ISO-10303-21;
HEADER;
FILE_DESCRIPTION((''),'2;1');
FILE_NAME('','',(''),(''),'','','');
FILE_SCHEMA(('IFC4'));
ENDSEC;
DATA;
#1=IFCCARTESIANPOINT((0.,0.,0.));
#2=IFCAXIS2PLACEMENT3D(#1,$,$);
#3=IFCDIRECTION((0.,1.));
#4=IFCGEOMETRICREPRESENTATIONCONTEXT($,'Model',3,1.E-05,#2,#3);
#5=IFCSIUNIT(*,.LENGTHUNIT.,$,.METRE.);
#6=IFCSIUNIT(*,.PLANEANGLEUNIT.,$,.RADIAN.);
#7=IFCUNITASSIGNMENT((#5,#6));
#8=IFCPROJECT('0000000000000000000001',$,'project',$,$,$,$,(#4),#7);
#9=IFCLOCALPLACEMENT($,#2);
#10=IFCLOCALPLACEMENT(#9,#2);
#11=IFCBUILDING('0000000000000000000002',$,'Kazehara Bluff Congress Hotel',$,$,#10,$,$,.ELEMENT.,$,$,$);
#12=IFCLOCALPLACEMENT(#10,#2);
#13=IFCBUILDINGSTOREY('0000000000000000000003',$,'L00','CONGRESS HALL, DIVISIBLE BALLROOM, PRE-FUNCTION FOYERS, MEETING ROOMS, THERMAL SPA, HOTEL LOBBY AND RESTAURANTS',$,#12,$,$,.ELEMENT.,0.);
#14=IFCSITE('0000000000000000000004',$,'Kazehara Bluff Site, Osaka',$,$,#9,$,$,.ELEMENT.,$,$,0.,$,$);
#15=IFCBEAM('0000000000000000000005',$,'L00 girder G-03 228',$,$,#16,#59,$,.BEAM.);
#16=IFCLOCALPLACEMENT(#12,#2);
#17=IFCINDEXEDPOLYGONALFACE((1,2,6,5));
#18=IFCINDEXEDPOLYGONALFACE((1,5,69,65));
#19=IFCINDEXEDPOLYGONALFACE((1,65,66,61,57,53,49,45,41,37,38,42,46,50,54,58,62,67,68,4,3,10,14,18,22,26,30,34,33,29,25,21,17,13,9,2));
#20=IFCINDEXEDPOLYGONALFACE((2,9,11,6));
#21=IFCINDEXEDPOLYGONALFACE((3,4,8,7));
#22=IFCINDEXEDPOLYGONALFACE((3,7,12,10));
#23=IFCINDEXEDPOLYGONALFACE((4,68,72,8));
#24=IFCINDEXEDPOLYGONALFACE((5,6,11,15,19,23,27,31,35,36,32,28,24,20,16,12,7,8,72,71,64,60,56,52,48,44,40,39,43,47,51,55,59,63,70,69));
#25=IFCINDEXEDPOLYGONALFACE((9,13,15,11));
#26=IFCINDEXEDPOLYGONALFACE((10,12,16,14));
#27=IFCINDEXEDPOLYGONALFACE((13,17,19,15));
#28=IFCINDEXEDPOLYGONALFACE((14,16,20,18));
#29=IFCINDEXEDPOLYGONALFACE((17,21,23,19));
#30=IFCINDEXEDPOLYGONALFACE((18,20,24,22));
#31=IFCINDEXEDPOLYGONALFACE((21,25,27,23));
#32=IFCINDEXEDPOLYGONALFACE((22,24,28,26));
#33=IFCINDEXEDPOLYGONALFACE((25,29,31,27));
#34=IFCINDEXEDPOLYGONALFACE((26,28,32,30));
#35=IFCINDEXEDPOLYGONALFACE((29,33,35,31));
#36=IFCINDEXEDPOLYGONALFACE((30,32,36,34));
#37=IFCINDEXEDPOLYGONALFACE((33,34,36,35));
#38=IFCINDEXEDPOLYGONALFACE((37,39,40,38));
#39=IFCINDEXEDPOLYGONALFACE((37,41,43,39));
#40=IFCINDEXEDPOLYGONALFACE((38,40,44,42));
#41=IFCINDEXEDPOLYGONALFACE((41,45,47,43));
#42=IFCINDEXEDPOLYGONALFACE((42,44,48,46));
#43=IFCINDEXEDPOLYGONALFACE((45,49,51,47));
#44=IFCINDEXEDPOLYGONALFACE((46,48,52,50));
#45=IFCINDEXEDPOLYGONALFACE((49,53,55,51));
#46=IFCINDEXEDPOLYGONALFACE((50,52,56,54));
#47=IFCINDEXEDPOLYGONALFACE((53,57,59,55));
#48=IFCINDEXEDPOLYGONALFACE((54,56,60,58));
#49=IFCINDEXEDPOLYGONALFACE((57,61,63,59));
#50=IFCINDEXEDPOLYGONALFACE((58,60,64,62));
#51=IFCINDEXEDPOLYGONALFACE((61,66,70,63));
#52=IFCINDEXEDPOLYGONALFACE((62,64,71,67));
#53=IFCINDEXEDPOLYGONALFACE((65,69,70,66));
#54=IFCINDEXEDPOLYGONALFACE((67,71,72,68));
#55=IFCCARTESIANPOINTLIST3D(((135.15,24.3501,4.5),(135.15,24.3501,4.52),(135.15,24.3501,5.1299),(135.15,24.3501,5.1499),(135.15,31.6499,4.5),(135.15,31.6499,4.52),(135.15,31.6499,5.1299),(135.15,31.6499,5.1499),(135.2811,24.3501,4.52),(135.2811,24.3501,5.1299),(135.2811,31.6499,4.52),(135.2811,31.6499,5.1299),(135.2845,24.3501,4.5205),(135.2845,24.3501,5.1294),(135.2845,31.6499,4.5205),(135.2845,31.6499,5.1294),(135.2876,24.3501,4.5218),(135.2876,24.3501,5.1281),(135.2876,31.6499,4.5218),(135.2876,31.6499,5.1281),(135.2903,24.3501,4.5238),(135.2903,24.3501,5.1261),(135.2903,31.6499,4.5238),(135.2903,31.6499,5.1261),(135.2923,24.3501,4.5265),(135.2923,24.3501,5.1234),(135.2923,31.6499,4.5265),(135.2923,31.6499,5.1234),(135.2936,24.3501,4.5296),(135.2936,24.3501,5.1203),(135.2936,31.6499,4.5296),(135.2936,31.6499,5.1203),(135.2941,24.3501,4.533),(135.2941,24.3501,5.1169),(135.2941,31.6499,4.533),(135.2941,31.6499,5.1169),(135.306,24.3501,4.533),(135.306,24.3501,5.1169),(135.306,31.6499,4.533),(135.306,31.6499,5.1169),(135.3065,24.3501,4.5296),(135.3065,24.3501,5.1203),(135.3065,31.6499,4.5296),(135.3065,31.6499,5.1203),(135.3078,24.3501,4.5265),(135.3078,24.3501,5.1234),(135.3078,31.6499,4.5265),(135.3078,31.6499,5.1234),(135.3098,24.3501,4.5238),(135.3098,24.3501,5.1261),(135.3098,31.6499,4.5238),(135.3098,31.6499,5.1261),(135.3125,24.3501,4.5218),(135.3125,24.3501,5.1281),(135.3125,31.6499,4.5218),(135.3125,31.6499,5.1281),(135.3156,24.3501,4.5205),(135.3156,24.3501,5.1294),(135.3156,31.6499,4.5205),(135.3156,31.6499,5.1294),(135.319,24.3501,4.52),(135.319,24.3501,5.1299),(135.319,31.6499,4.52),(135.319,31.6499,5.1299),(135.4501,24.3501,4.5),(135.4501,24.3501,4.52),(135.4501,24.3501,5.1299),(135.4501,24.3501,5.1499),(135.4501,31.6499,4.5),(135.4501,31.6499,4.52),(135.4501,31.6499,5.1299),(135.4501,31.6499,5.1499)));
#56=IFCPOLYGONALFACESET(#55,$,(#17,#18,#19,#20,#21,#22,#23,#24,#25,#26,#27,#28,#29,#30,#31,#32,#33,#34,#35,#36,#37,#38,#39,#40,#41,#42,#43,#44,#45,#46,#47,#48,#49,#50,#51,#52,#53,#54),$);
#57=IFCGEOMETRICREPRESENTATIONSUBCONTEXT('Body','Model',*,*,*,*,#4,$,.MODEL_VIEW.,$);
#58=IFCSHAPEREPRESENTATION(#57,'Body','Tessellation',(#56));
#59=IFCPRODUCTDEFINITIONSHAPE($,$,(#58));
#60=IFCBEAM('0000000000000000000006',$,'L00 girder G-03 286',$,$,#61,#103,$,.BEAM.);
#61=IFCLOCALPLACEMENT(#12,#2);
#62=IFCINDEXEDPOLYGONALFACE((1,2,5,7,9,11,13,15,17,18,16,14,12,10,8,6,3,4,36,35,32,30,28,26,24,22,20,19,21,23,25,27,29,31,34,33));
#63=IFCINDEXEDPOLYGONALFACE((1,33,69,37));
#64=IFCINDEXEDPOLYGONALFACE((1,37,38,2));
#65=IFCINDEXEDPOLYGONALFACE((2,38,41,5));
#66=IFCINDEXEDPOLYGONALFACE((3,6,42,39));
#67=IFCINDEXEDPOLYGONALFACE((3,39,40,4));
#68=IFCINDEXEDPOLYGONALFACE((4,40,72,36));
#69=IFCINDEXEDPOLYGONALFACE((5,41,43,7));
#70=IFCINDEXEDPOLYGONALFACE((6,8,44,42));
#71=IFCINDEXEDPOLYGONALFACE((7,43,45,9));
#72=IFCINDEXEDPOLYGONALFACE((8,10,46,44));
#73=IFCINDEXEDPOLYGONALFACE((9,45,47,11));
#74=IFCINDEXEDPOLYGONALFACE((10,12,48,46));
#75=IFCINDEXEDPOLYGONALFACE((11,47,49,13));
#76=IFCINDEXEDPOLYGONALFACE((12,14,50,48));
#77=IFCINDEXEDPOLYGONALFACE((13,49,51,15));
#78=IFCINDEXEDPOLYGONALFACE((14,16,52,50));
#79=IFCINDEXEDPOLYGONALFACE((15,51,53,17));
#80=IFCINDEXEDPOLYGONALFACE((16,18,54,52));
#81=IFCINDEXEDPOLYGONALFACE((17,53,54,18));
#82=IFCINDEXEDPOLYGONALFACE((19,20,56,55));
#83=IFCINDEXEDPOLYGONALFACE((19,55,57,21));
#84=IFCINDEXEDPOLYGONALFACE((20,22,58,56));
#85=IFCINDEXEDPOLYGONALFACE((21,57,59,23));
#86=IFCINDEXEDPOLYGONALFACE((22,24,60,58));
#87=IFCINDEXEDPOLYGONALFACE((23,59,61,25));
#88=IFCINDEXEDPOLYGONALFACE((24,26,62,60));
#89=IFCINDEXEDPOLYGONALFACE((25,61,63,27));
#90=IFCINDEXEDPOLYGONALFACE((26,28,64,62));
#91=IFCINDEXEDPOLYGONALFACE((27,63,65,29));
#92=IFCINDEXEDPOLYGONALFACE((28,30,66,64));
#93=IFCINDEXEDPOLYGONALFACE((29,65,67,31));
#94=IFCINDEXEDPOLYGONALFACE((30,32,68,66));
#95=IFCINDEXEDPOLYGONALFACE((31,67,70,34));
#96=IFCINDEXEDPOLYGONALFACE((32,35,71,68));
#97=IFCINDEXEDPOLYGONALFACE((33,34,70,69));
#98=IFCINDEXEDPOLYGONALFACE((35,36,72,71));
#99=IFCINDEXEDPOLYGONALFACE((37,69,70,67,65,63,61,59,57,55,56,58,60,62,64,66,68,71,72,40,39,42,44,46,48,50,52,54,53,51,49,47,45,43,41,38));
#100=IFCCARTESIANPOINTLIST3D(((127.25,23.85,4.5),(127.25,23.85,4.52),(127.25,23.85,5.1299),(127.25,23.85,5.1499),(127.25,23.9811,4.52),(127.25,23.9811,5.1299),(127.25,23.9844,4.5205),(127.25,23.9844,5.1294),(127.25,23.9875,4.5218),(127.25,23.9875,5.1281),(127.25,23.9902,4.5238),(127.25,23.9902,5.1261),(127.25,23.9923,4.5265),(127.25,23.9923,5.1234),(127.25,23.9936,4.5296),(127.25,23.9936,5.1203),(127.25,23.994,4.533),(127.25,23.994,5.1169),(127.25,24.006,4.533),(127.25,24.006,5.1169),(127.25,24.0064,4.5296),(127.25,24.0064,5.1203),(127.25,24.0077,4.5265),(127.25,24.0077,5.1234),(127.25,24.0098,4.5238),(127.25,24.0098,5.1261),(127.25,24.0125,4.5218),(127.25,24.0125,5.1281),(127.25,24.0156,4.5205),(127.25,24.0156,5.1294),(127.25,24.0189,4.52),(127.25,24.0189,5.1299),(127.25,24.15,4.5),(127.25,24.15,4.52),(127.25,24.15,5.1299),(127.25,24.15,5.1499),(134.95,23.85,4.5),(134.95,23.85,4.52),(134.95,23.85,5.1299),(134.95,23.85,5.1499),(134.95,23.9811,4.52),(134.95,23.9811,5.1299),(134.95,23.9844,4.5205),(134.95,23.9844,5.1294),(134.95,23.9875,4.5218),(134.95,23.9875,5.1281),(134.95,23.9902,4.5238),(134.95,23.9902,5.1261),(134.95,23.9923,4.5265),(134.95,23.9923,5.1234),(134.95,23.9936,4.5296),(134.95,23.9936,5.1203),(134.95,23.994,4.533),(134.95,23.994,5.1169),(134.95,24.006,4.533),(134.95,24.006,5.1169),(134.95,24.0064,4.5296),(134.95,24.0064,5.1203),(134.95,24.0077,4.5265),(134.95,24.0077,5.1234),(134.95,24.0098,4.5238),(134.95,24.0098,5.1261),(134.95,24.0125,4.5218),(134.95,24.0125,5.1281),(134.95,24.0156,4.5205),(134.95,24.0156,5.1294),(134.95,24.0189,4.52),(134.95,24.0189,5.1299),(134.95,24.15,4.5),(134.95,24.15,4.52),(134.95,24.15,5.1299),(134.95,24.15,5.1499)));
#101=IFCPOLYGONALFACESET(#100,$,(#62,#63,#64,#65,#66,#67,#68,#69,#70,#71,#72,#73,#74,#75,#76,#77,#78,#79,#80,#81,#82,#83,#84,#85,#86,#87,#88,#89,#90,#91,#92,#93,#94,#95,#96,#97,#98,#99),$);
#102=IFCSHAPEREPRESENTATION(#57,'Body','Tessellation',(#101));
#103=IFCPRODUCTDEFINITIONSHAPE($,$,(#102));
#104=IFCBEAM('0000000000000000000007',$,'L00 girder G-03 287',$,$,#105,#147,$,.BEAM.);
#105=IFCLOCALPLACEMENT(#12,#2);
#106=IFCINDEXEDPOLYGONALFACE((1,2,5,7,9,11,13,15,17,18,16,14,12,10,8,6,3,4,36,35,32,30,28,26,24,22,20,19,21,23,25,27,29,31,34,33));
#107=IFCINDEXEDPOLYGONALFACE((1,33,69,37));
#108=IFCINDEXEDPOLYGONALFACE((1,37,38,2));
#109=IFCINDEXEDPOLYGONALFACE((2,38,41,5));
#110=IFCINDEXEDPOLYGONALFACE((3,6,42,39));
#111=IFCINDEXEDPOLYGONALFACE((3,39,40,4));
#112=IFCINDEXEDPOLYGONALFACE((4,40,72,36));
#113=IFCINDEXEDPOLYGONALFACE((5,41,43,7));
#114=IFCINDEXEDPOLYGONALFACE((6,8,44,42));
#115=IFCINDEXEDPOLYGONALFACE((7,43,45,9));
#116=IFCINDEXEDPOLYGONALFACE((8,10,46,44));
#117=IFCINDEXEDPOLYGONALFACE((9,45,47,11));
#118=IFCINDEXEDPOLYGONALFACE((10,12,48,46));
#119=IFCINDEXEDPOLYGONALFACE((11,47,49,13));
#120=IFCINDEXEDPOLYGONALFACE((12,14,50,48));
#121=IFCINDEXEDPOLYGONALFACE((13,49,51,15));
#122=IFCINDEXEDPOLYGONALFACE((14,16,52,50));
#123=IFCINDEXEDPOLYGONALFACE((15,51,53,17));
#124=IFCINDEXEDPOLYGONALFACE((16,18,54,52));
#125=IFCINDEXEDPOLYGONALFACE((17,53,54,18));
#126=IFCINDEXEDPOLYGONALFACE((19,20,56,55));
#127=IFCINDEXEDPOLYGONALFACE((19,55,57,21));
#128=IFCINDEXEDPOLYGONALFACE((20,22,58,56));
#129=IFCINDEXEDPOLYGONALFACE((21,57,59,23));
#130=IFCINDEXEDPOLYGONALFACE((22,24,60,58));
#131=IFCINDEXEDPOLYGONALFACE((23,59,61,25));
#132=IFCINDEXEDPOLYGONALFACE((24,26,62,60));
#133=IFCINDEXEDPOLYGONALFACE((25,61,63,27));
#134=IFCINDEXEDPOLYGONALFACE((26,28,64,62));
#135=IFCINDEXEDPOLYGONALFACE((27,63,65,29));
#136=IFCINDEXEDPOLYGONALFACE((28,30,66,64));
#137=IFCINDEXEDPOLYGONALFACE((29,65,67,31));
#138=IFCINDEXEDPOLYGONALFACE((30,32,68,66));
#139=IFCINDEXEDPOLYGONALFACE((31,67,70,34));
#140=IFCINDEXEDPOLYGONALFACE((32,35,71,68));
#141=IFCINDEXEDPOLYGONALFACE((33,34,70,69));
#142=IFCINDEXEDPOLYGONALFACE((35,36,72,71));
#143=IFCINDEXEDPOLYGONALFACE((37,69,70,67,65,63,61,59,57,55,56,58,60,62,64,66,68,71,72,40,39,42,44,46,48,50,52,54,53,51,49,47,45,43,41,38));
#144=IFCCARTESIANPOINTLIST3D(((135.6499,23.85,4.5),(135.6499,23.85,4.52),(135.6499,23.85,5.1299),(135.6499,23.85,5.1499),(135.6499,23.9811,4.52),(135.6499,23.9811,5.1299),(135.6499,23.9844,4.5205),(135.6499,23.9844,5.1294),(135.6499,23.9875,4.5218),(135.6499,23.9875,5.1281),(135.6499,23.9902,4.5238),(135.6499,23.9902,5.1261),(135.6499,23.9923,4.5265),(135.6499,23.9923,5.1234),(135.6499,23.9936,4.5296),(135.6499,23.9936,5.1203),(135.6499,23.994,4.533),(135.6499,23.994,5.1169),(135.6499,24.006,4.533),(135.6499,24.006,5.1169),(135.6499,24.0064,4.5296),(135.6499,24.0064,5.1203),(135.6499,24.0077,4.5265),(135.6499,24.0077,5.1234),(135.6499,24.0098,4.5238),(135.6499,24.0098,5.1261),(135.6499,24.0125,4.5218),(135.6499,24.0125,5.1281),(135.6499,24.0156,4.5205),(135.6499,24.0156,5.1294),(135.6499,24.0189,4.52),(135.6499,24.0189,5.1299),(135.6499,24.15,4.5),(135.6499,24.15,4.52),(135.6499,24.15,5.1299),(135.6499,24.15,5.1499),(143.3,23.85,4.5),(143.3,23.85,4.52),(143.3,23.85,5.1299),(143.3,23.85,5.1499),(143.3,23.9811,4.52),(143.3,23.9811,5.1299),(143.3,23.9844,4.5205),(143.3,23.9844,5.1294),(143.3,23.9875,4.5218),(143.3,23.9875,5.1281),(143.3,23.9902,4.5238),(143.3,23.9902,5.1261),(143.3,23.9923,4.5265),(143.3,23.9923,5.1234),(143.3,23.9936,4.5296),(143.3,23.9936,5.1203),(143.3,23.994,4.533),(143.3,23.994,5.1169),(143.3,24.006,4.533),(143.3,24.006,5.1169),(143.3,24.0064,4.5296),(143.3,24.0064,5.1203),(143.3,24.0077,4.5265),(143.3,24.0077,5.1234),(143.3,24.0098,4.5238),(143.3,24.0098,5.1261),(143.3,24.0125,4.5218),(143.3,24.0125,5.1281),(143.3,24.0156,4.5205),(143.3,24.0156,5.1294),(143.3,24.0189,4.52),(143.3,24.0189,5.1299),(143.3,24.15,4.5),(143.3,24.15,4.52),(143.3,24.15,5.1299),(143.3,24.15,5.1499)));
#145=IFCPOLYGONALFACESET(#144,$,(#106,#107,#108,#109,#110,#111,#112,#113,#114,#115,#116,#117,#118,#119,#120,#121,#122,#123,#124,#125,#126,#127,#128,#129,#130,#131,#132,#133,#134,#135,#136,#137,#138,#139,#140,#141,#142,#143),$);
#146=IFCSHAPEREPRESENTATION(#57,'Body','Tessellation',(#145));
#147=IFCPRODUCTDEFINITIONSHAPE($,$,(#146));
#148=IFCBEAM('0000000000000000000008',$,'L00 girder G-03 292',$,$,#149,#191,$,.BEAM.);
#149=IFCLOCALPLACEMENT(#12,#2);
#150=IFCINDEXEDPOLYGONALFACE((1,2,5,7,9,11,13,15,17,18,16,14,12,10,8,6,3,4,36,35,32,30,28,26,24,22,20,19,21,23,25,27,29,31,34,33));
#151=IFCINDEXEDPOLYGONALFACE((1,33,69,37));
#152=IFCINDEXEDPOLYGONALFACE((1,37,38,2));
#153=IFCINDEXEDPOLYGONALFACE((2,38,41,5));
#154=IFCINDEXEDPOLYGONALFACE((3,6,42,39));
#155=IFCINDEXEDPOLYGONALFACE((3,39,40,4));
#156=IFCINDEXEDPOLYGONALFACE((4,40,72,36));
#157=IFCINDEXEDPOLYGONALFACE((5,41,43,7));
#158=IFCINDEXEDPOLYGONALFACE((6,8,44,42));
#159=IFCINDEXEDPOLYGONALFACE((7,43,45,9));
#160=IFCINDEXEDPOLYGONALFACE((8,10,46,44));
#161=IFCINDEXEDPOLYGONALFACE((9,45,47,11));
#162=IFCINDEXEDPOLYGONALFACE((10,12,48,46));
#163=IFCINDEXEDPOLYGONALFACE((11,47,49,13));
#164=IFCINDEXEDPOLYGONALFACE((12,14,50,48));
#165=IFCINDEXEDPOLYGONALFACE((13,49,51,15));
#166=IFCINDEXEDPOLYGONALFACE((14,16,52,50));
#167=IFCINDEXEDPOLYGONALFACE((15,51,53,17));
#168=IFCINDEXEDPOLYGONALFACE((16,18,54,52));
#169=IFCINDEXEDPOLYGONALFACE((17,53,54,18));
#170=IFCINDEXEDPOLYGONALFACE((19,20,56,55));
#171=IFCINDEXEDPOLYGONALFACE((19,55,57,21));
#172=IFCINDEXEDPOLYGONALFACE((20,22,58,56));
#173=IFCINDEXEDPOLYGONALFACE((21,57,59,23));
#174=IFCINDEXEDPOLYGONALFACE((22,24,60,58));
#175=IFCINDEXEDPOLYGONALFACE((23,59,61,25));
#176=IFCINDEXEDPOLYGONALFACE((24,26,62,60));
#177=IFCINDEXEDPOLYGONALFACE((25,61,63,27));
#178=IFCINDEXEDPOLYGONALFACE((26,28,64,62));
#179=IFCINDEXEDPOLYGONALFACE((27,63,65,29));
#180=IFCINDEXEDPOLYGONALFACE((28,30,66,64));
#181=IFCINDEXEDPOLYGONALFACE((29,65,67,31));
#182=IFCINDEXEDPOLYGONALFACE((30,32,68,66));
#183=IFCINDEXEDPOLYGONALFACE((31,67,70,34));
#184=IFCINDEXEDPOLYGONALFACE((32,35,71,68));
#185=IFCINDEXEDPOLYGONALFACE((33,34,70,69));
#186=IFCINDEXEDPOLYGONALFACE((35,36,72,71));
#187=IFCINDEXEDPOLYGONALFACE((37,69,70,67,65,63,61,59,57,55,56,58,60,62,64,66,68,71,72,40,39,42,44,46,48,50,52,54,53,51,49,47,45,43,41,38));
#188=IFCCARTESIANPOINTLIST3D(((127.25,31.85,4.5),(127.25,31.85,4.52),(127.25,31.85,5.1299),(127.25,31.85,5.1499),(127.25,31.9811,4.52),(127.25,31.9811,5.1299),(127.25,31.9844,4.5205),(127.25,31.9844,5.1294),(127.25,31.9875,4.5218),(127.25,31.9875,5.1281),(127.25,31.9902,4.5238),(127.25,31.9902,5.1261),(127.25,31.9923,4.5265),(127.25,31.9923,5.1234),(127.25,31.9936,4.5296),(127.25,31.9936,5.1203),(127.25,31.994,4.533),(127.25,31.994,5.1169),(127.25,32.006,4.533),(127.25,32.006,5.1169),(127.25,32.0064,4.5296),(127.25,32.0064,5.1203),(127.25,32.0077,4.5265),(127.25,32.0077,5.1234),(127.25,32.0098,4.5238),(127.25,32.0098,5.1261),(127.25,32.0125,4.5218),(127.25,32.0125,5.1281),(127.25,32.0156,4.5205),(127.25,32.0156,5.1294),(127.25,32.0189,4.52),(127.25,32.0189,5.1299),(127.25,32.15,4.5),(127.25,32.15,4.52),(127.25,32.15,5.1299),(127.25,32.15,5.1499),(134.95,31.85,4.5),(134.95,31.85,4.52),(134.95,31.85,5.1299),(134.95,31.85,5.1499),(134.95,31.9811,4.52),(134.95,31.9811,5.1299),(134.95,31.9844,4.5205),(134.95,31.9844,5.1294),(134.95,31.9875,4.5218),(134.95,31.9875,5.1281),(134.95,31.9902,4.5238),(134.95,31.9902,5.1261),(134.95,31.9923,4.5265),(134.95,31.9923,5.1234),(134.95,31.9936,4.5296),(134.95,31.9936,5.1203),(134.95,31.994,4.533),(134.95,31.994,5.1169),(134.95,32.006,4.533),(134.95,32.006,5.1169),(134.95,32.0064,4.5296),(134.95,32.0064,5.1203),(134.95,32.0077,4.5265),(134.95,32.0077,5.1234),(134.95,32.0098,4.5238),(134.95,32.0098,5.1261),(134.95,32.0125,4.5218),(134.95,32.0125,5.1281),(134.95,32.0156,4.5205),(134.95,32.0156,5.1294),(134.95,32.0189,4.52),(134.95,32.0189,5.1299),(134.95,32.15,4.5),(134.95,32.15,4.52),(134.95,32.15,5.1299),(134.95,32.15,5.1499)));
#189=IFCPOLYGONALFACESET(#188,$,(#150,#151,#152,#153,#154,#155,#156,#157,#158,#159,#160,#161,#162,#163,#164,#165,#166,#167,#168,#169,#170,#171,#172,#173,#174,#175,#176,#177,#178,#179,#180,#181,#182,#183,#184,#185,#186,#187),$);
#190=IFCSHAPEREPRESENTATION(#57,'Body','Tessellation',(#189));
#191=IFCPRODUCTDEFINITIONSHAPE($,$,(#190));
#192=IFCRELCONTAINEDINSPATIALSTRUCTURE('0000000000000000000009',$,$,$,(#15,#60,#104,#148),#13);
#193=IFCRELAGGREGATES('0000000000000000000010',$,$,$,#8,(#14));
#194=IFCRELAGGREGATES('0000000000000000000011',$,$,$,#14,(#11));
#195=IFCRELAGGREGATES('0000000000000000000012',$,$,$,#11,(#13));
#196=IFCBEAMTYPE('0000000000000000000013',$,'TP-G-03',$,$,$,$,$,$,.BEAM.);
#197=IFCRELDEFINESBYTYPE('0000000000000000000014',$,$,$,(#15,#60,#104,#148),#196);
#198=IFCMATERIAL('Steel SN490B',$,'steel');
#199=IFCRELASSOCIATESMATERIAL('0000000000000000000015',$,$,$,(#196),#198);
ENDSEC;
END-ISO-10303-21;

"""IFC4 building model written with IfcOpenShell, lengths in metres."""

from ifc_helpers import new_model, si_unit, direction, frame, origin, origin_2d, place, context, subcontext, project, spatial, i_section, extrude, material, material_profile, profile_set, type_object, element, save


model = new_model("IFC4")

# Units and contexts
model_context = context("Model", 3, precision=1e-05, world=origin(), true_north=direction((0.0, 1.0)))
body_context = subcontext(model_context, "Body", "Model", "MODEL_VIEW")
ifc_project = project(units=[si_unit("LENGTHUNIT", "METRE"), si_unit("PLANEANGLEUNIT", "RADIAN")], contexts=[model_context])

# Site, building, storey
site_placement = place(None, origin())
site = spatial("IfcSite", under=ifc_project, at=site_placement, Name="Kazehara Bluff Site, Osaka", CompositionType="ELEMENT", RefElevation=0.0)
building_placement = place(site_placement, origin())
building = spatial("IfcBuilding", under=site, at=building_placement, Name="Kazehara Bluff Congress Hotel", CompositionType="ELEMENT")
storey_placement = place(building_placement, origin())
storey = spatial("IfcBuildingStorey", under=building, at=storey_placement, Name="L00", Description="CONGRESS HALL, DIVISIBLE BALLROOM, PRE-FUNCTION FOYERS, MEETING ROOMS, THERMAL SPA, HOTEL LOBBY AND RESTAURANTS", CompositionType="ELEMENT", Elevation=0.0)

# Beams
ifc_material_1 = material(Name="Steel SN490B", Category="steel")
ifc_material_profile_1 = material_profile(ifc_material_1, i_section(OverallWidth=0.3, OverallDepth=0.6499, WebThickness=0.012, FlangeThickness=0.02, FilletRadius=0.0129, at=origin_2d()))
ifc_profile_set_1 = profile_set([ifc_material_profile_1], Name="Steel SN490B")
beam_type_1 = type_object("IfcBeamType", Name="TP-G-03", PredefinedType="BEAM", material=ifc_profile_set_1)
for number, where, z_axis, x_axis, name in (
    (1, (135.3, 24.3501, 4.825), (0.0, 1.0, 0.0), (-1.0, 0.0, 0.0), "L00 girder G-03 228"),
):
    element("IfcBeam", number, at=place(storey_placement, frame(where, z_axis=z_axis, x_axis=x_axis)), inside=storey, type_object=beam_type_1, Name=name, PredefinedType="BEAM", context=body_context, shape_type="SweptSolid", body=[
        extrude(i_section(OverallWidth=0.3, OverallDepth=0.6499, WebThickness=0.012, FlangeThickness=0.02, FilletRadius=0.0129, at=origin_2d()), origin(), (0.0, 0.0, 1.0), 7.2998),
    ])
beam_1_placement = place(storey_placement, frame((127.25, 24.0, 4.825), z_axis=(1.0, 0.0, 0.0), x_axis=(0.0, 1.0, 0.0)))
element("IfcBeam", 2, at=beam_1_placement, inside=storey, type_object=beam_type_1, Name="L00 girder G-03 286", PredefinedType="BEAM", context=body_context, shape_type="SweptSolid", body=[
    extrude(i_section(OverallWidth=0.3, OverallDepth=0.6499, WebThickness=0.012, FlangeThickness=0.02, FilletRadius=0.0129, at=origin_2d()), origin(), (0.0, 0.0, 1.0), 7.7),
])
beam_2_placement = place(storey_placement, frame((135.6499, 24.0, 4.825), z_axis=(1.0, 0.0, 0.0), x_axis=(0.0, 1.0, 0.0)))
element("IfcBeam", 3, at=beam_2_placement, inside=storey, type_object=beam_type_1, Name="L00 girder G-03 287", PredefinedType="BEAM", context=body_context, shape_type="SweptSolid", body=[
    extrude(i_section(OverallWidth=0.3, OverallDepth=0.6499, WebThickness=0.012, FlangeThickness=0.02, FilletRadius=0.0129, at=origin_2d()), origin(), (0.0, 0.0, 1.0), 7.6501),
])
beam_3_placement = place(storey_placement, frame((127.25, 32.0, 4.825), z_axis=(1.0, 0.0, 0.0), x_axis=(0.0, 1.0, 0.0)))
element("IfcBeam", 4, at=beam_3_placement, inside=storey, type_object=beam_type_1, Name="L00 girder G-03 292", PredefinedType="BEAM", context=body_context, shape_type="SweptSolid", body=[
    extrude(i_section(OverallWidth=0.3, OverallDepth=0.6499, WebThickness=0.012, FlangeThickness=0.02, FilletRadius=0.0129, at=origin_2d()), origin(), (0.0, 0.0, 1.0), 7.7),
])

save(model, "model.ifc")
